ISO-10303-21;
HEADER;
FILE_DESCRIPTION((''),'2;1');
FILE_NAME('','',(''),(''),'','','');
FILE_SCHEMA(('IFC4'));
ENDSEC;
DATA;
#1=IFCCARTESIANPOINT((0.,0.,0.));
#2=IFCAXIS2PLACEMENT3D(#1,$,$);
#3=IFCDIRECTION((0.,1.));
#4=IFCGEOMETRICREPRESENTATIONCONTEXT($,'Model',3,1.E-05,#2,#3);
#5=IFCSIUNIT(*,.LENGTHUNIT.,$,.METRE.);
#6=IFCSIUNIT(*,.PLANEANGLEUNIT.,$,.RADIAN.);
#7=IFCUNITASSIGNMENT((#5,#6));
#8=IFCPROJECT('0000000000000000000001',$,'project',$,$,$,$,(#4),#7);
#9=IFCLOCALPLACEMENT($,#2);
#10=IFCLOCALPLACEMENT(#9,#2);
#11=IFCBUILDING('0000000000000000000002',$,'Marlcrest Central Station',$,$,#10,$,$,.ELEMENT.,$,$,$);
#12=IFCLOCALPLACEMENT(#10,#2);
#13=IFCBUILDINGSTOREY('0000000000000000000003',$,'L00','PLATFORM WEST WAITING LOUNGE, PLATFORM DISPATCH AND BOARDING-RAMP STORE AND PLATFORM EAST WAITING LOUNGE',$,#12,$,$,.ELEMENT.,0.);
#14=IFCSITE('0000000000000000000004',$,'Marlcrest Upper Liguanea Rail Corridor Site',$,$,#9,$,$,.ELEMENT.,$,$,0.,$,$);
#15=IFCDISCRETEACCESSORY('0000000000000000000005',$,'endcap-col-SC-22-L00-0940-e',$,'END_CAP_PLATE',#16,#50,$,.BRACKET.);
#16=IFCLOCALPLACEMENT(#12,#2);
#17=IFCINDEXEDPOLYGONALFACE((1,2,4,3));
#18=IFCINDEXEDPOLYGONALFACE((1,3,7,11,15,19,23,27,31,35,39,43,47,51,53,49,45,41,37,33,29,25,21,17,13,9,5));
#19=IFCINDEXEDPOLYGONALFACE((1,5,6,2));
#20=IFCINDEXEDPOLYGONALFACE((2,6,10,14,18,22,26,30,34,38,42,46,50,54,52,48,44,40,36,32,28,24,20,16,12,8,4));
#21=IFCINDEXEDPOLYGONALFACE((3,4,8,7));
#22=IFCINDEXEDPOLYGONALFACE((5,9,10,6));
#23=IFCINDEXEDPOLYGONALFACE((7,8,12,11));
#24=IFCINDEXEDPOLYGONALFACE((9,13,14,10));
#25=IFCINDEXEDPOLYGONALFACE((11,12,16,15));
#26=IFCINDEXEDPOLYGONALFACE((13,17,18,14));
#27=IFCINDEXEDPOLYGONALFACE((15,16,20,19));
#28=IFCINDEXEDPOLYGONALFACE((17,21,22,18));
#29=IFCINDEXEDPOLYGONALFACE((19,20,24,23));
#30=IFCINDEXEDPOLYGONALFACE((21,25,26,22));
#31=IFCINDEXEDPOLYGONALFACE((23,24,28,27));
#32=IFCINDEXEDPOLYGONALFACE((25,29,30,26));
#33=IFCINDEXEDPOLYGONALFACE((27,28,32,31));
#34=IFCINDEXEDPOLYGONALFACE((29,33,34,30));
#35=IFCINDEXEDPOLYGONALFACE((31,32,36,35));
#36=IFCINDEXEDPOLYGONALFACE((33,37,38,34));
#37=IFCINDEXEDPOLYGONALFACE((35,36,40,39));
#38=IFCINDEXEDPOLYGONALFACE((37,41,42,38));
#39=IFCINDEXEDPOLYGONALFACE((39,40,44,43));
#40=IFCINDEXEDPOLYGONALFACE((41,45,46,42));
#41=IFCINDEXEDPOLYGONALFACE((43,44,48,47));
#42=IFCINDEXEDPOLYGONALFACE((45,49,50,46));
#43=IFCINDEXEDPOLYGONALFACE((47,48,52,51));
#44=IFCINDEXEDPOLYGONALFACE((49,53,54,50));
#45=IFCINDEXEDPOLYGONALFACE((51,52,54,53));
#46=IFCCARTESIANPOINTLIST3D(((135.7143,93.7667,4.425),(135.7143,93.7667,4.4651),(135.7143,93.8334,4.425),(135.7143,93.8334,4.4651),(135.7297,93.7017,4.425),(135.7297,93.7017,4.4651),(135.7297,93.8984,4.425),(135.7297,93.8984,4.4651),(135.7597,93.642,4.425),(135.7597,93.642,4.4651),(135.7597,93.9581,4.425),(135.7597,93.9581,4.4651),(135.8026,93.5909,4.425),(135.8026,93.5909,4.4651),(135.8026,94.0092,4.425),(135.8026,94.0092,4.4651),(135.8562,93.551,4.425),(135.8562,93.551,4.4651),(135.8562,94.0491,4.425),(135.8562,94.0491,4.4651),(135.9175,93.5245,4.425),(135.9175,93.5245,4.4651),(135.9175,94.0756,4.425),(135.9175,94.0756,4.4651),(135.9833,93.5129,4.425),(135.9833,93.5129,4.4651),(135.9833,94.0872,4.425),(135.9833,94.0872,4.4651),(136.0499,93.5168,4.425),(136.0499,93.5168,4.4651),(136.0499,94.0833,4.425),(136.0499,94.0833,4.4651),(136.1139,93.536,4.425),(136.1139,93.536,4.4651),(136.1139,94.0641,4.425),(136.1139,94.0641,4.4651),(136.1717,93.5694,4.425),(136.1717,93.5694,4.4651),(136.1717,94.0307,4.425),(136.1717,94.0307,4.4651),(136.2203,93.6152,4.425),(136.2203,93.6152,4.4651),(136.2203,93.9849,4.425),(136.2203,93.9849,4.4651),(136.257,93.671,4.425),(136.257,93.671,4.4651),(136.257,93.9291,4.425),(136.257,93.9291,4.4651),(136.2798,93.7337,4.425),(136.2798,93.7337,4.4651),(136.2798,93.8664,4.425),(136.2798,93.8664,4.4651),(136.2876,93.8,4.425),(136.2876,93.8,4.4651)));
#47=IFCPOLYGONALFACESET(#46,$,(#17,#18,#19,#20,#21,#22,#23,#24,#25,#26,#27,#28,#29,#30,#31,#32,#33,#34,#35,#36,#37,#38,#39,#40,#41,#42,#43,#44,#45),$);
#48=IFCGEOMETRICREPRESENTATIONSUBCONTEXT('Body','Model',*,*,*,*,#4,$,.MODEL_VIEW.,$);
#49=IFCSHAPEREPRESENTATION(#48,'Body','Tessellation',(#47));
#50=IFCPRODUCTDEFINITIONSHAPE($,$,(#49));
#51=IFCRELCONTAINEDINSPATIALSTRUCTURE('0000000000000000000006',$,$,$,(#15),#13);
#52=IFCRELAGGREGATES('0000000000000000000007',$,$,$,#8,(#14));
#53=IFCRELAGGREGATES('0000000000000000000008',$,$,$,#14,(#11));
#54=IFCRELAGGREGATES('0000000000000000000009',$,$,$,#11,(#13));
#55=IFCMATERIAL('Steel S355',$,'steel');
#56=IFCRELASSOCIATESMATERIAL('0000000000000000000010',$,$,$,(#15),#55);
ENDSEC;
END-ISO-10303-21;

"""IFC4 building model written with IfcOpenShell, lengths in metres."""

from ifc_helpers import new_model, si_unit, direction, frame, origin, origin_2d, place, context, subcontext, project, spatial, circle, extrude, material, element, save


model = new_model("IFC4")

# Units and contexts
model_context = context("Model", 3, precision=1e-05, world=origin(), true_north=direction((0.0, 1.0)))
body_context = subcontext(model_context, "Body", "Model", "MODEL_VIEW")
ifc_project = project(units=[si_unit("LENGTHUNIT", "METRE"), si_unit("PLANEANGLEUNIT", "RADIAN")], contexts=[model_context])

# Site, building, storey
site_placement = place(None, origin())
site = spatial("IfcSite", under=ifc_project, at=site_placement, Name="Marlcrest Upper Liguanea Rail Corridor Site", CompositionType="ELEMENT", RefElevation=0.0)
building_placement = place(site_placement, origin())
building = spatial("IfcBuilding", under=site, at=building_placement, Name="Marlcrest Central Station", CompositionType="ELEMENT")
storey_placement = place(building_placement, origin())
storey = spatial("IfcBuildingStorey", under=building, at=storey_placement, Name="L00", Description="PLATFORM WEST WAITING LOUNGE, PLATFORM DISPATCH AND BOARDING-RAMP STORE AND PLATFORM EAST WAITING LOUNGE", CompositionType="ELEMENT", Elevation=0.0)

# Shared definitions
ifc_material_1 = material(Name="Steel S355", Category="steel")

# Discrete accessory
for number, where, z_axis, x_axis, name in (
    (1, (136.0, 93.8, 4.425), (0.0, 0.0, 1.0), (1.0, 0.0, 0.0), "endcap-col-SC-22-L00-0940-e"),
):
    element("IfcDiscreteAccessory", number, at=place(storey_placement, frame(where, z_axis=z_axis, x_axis=x_axis)), inside=storey, material=ifc_material_1, Name=name, ObjectType="END_CAP_PLATE", PredefinedType="BRACKET", context=body_context, shape_type="SweptSolid", body=[
        extrude(circle(Radius=0.2876, at=origin_2d()), origin(), (0.0, 0.0, 1.0), 0.04),
    ])

save(model, "model.ifc")
